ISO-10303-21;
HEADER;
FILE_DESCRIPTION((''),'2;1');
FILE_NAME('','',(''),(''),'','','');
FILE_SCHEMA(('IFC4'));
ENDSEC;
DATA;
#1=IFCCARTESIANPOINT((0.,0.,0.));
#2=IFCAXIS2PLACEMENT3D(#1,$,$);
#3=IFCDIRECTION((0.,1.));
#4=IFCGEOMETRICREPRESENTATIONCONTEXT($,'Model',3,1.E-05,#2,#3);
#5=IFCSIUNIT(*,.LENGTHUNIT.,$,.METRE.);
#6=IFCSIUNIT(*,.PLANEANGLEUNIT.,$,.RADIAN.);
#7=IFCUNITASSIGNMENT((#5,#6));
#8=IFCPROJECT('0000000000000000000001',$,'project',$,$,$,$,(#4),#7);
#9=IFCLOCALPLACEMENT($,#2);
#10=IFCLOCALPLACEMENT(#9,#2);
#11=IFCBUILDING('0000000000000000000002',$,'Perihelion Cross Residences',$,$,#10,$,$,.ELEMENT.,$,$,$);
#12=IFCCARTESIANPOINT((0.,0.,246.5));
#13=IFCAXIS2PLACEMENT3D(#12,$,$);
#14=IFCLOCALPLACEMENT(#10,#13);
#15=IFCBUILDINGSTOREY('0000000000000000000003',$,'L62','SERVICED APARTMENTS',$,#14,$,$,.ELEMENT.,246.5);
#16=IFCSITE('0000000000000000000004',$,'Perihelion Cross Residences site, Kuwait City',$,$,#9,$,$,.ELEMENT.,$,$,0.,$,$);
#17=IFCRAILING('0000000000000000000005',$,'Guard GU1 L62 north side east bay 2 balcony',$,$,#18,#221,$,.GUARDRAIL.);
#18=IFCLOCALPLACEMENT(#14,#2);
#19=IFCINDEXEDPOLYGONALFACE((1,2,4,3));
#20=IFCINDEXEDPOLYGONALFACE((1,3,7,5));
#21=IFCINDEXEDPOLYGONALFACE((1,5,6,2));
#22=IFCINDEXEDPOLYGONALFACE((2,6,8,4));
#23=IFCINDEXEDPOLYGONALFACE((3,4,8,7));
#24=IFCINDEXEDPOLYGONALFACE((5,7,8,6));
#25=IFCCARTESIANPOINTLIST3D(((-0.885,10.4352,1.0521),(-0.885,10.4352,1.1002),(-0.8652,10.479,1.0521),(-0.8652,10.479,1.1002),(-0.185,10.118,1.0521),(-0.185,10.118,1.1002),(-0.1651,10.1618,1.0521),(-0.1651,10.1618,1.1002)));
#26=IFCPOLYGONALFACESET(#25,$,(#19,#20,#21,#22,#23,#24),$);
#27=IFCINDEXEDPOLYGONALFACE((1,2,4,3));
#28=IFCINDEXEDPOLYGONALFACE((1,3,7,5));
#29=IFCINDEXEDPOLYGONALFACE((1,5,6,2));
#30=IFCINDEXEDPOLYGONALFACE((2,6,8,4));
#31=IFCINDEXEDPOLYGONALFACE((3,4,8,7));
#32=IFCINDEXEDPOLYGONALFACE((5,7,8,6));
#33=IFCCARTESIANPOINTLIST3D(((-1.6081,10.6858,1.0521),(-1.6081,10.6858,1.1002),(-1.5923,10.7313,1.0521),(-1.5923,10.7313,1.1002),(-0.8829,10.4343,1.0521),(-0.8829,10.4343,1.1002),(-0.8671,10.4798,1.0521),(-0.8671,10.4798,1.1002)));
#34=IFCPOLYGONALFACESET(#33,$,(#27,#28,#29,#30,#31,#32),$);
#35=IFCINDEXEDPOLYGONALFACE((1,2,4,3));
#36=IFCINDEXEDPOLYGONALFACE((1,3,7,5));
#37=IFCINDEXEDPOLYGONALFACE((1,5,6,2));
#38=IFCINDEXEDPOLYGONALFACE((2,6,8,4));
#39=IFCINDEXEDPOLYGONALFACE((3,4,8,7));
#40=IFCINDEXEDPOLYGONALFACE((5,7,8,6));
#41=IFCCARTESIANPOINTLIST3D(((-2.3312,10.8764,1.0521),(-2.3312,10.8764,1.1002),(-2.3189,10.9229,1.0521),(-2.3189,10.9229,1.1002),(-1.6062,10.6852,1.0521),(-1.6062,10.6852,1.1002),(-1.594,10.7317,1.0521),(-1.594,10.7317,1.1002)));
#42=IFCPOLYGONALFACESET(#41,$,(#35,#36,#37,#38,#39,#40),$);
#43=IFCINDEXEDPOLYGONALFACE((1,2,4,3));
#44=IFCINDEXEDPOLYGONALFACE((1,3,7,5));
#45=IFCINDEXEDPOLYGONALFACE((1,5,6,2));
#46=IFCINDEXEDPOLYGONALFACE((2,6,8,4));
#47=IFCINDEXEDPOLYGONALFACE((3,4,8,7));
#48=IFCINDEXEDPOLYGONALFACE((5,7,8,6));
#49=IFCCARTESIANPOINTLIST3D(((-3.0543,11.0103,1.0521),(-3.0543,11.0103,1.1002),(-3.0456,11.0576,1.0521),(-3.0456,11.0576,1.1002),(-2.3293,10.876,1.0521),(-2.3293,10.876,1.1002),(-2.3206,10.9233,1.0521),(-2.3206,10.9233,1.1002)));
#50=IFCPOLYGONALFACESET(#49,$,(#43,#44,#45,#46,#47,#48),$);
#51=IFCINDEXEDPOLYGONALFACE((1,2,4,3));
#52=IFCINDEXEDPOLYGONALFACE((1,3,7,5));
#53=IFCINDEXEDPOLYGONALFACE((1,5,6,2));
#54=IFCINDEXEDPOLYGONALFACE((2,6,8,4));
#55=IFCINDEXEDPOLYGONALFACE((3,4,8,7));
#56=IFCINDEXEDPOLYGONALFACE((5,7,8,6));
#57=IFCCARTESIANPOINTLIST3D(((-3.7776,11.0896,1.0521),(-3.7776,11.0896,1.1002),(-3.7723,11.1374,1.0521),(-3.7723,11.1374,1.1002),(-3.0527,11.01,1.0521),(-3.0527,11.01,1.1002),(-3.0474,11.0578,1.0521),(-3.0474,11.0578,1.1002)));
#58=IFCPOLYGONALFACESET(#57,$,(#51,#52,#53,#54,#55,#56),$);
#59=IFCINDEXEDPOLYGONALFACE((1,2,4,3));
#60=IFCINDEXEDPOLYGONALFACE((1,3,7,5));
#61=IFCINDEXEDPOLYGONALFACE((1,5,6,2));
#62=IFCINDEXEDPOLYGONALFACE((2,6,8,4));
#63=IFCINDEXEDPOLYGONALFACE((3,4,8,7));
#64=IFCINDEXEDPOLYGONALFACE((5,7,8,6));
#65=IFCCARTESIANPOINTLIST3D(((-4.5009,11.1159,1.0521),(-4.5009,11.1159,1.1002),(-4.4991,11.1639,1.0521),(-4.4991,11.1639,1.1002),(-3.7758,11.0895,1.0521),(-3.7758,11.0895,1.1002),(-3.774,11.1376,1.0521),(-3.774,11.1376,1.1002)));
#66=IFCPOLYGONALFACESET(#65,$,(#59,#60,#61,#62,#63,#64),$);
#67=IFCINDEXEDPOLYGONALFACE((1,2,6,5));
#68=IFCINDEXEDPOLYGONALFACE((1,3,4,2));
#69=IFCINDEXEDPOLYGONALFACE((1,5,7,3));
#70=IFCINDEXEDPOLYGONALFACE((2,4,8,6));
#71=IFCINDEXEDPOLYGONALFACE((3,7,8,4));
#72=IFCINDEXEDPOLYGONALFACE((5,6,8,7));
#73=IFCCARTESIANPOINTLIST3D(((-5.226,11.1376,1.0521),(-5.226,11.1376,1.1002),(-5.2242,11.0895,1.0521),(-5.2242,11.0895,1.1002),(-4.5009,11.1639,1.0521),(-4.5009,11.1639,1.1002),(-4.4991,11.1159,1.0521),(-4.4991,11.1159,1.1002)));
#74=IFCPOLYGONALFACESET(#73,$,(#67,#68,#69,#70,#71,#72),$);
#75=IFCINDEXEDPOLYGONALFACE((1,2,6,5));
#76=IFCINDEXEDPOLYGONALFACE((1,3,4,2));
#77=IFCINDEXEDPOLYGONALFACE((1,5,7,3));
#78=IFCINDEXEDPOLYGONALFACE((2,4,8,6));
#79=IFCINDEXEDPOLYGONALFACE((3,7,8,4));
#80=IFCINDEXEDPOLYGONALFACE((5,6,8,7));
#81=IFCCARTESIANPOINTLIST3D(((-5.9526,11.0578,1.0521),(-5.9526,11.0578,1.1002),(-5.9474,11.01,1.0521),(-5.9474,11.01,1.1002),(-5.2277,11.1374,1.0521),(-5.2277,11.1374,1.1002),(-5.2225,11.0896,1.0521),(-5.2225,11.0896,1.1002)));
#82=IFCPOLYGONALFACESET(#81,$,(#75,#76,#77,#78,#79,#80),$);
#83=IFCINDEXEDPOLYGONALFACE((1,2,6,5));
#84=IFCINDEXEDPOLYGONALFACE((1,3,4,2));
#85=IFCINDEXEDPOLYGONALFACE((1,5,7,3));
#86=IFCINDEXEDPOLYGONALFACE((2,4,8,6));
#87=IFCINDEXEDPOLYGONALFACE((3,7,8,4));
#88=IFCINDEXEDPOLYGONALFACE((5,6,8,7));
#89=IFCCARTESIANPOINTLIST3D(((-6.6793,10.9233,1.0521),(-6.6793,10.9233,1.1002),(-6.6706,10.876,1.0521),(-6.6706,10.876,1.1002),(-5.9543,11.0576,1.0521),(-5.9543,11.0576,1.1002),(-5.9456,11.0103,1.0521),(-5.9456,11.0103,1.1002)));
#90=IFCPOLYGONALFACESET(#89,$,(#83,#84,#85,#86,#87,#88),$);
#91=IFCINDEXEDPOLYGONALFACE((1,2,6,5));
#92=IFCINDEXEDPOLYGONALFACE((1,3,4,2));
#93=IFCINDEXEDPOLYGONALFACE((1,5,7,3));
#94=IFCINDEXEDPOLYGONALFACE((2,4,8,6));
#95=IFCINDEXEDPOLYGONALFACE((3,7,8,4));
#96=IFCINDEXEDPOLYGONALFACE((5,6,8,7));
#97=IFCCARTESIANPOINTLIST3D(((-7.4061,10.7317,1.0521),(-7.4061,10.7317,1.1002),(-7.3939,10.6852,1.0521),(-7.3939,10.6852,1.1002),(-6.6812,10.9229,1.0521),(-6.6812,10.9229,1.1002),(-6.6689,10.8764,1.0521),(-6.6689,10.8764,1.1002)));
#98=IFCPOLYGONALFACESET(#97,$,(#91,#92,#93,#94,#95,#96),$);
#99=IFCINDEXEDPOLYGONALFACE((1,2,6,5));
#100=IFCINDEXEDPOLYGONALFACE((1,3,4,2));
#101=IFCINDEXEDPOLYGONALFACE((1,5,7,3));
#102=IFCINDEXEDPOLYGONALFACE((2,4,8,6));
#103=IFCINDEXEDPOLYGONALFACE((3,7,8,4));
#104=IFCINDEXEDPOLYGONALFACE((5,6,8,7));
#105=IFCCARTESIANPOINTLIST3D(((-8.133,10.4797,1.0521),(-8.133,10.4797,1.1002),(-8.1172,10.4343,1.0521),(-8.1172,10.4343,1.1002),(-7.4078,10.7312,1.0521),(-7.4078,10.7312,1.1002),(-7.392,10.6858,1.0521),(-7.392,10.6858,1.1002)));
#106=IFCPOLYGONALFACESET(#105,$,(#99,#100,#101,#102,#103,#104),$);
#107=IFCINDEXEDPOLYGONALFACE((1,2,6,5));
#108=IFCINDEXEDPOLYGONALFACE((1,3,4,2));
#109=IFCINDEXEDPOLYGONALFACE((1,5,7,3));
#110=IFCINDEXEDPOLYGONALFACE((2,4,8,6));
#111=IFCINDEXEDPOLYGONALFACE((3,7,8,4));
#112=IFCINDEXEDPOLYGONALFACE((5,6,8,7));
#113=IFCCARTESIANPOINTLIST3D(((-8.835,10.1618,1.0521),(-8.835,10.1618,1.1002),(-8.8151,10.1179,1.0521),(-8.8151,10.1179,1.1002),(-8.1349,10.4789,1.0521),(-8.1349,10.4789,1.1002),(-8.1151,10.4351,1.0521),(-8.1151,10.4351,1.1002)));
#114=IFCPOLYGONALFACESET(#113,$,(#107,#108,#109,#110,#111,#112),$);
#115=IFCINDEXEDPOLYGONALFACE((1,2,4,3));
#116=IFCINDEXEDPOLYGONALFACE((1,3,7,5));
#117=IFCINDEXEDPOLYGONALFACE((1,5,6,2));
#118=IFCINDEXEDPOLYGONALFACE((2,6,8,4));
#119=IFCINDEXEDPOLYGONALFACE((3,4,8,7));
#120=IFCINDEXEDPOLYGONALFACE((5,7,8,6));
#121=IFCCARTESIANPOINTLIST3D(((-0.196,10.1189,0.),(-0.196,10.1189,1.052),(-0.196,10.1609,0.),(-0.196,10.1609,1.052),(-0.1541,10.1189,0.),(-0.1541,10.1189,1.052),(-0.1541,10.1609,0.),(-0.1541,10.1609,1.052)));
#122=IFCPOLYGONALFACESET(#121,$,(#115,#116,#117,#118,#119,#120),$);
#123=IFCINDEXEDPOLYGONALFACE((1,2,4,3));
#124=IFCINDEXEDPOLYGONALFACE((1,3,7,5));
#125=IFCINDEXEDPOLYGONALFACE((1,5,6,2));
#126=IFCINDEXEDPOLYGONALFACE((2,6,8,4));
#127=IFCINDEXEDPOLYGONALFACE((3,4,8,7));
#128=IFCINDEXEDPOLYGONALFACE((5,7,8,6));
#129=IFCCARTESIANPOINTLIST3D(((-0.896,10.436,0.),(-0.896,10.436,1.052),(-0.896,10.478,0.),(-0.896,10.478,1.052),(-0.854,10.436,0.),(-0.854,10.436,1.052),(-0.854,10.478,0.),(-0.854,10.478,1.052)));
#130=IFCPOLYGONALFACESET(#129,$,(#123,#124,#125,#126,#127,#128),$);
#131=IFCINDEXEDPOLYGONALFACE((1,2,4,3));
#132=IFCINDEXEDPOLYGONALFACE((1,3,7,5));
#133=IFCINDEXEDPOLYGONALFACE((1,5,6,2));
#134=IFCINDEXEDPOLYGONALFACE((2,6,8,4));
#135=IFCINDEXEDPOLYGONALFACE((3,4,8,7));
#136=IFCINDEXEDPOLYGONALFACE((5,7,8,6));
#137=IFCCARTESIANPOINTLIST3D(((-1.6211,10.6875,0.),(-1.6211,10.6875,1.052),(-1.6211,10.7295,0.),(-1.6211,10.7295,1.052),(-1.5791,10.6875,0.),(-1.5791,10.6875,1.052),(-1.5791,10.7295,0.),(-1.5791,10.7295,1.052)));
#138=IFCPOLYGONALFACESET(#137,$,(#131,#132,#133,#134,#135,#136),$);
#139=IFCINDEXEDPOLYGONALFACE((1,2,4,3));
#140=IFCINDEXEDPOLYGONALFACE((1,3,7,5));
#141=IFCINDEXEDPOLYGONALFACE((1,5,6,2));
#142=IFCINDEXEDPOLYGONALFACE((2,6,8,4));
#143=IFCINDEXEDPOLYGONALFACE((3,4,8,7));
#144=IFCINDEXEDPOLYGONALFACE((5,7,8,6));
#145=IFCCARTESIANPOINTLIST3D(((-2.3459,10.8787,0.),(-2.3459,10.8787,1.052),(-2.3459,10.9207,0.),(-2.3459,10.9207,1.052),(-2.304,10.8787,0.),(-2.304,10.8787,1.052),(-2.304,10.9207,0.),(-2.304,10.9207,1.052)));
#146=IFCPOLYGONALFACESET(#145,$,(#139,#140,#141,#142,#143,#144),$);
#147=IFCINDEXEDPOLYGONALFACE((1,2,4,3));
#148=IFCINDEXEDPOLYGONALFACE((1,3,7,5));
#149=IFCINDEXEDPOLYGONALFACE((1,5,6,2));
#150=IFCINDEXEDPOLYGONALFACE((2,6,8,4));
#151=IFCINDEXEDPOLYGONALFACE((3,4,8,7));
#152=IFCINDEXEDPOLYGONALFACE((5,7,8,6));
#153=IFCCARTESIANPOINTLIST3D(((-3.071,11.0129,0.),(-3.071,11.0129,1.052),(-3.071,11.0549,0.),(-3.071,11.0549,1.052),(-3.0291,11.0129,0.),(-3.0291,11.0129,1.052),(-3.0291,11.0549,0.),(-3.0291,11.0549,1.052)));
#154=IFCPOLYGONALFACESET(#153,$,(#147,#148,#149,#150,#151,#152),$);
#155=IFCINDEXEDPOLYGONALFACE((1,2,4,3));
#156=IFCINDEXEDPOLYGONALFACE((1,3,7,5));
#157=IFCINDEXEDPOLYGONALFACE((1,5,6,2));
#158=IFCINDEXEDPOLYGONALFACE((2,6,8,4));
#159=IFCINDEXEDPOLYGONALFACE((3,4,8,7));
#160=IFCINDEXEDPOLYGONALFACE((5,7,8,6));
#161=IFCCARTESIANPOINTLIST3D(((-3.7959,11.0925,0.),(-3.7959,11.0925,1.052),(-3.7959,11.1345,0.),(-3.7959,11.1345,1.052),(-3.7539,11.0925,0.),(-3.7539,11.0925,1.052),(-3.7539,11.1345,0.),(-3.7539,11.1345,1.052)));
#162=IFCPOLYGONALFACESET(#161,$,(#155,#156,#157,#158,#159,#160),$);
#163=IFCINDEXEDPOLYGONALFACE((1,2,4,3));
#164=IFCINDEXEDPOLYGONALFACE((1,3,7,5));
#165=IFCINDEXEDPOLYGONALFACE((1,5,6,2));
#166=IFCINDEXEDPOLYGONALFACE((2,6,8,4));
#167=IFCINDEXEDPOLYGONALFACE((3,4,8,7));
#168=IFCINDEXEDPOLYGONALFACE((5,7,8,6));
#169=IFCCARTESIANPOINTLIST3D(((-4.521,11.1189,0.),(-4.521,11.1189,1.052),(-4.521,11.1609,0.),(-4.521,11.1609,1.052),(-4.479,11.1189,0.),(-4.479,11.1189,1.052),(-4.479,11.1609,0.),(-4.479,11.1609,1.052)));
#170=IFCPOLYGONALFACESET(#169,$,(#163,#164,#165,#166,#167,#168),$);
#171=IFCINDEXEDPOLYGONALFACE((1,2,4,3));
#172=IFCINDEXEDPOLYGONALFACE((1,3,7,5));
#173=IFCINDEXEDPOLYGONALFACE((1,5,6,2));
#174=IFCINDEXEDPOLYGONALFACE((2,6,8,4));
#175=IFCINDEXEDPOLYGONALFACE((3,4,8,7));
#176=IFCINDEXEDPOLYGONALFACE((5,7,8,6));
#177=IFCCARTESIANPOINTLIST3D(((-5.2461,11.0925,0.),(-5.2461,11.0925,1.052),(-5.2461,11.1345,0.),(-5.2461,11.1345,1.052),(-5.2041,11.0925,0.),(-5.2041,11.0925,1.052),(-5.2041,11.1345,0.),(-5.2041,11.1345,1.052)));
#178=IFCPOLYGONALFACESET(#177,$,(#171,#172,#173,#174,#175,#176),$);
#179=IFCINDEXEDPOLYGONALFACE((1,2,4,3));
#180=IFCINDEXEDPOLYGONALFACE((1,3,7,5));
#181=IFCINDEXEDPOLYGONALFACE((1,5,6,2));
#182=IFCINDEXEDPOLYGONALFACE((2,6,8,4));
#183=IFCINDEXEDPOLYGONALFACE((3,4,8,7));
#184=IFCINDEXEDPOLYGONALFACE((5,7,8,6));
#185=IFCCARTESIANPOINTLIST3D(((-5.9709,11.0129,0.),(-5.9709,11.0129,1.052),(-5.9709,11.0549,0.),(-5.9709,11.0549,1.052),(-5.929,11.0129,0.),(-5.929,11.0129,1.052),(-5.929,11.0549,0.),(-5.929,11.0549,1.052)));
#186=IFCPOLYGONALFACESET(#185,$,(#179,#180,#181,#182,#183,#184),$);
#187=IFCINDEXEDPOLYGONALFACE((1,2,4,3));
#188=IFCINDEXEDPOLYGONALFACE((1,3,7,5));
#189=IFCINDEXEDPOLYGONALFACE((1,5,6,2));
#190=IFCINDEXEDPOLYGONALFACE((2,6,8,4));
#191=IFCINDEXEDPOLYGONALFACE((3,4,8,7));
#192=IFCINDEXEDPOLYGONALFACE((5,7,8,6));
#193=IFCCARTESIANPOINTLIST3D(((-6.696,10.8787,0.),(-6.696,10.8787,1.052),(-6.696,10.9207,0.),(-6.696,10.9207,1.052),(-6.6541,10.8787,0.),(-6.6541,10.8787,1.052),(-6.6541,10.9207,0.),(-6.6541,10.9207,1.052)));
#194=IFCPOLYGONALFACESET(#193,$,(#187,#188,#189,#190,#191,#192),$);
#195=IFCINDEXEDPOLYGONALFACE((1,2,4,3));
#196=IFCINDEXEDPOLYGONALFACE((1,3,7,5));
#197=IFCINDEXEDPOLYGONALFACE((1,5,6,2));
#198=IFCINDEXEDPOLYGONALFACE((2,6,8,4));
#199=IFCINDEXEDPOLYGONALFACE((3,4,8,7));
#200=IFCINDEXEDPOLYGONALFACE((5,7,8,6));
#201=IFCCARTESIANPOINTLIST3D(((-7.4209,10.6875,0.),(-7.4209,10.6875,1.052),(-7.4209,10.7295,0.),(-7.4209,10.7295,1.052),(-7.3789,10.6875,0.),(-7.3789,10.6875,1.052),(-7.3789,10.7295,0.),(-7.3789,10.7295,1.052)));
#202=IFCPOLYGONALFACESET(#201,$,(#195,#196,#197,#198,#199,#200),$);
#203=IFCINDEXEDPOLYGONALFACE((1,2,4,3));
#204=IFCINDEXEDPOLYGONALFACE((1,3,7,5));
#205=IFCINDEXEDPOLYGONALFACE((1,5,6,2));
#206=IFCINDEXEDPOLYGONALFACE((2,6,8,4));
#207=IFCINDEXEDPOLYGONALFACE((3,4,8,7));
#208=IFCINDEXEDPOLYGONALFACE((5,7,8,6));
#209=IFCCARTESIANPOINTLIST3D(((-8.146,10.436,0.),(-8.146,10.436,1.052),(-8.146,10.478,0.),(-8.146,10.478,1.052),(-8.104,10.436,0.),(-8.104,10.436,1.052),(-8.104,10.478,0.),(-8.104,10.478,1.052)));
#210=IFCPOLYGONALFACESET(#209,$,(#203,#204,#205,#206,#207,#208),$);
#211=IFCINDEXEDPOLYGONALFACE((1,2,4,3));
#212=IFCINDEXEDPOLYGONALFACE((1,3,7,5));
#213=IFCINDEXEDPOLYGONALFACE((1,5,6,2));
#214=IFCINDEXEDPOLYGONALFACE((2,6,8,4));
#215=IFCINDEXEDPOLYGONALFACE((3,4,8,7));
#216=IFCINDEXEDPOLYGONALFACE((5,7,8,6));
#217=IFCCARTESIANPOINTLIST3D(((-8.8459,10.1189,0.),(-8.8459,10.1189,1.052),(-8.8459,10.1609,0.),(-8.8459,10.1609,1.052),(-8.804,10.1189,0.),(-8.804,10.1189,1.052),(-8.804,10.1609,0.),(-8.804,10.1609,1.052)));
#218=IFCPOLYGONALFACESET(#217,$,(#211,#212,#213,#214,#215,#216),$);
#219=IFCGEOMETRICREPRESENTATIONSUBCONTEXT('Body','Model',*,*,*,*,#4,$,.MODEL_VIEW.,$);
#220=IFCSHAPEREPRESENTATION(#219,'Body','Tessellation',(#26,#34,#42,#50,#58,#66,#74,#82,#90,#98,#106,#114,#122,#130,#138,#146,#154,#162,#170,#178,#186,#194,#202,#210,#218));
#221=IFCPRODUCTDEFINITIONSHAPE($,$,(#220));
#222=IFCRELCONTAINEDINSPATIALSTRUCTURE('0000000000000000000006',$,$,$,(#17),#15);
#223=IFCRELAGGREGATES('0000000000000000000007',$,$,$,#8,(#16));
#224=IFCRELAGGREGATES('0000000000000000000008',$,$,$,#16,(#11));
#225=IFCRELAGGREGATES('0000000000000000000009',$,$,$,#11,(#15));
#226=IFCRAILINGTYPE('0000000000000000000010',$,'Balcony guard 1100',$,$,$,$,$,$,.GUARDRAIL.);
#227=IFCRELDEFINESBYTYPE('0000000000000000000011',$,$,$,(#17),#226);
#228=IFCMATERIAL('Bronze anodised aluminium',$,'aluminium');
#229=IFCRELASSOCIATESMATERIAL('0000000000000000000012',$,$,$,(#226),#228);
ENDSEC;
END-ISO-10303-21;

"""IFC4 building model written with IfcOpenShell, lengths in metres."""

from ifc_helpers import new_model, si_unit, direction, frame, origin, origin_2d, place, context, subcontext, project, spatial, rectangle, extrude, material, type_object, element, save


model = new_model("IFC4")

# Units and contexts
model_context = context("Model", 3, precision=1e-05, world=origin(), true_north=direction((0.0, 1.0)))
body_context = subcontext(model_context, "Body", "Model", "MODEL_VIEW")
ifc_project = project(units=[si_unit("LENGTHUNIT", "METRE"), si_unit("PLANEANGLEUNIT", "RADIAN")], contexts=[model_context])

# Site, building, storey
site_placement = place(None, origin())
site = spatial("IfcSite", under=ifc_project, at=site_placement, Name="Perihelion Cross Residences site, Kuwait City", CompositionType="ELEMENT", RefElevation=0.0)
building_placement = place(site_placement, origin())
building = spatial("IfcBuilding", under=site, at=building_placement, Name="Perihelion Cross Residences", CompositionType="ELEMENT")
storey_placement = place(building_placement, frame((0.0, 0.0, 246.5)))
storey = spatial("IfcBuildingStorey", under=building, at=storey_placement, Name="L62", Description="SERVICED APARTMENTS", CompositionType="ELEMENT", Elevation=246.5)

# Railing
ifc_material_1 = material(Name="Bronze anodised aluminium", Category="aluminium")
railing_type = type_object("IfcRailingType", Name="Balcony guard 1100", PredefinedType="GUARDRAIL", material=ifc_material_1)
railing_1_placement = place(storey_placement, frame((-0.175, 10.1399, 0.0)))
element("IfcRailing", 1, at=railing_1_placement, inside=storey, type_object=railing_type, Name="Guard GU1 L62 north side east bay 2 balcony", PredefinedType="GUARDRAIL", context=body_context, shape_type="SweptSolid", body=[
    extrude(rectangle(XDim=0.0481, YDim=0.0481, at=origin_2d()), frame((0.0, 0.0, 1.0762), z_axis=(-0.910866, 0.412702, 0.0), x_axis=(-0.412702, -0.910866, 0.0)), (0.0, 0.0, 1.0), 0.7686),
    extrude(rectangle(XDim=0.0481, YDim=0.0481, at=origin_2d()), frame((-0.7, 0.3171, 1.0762), z_axis=(-0.944797, 0.327657, 0.0), x_axis=(-0.327657, -0.944797, 0.0)), (0.0, 0.0, 1.0), 0.7676),
    extrude(rectangle(XDim=0.0481, YDim=0.0481, at=origin_2d()), frame((-1.425, 0.5686, 1.0762), z_axis=(-0.966939, 0.255006, 0.0), x_axis=(-0.255006, -0.966939, 0.0)), (0.0, 0.0, 1.0), 0.7498),
    extrude(rectangle(XDim=0.0481, YDim=0.0481, at=origin_2d()), frame((-2.1499, 0.7598, 1.0762), z_axis=(-0.983282, 0.182089, 0.0), x_axis=(-0.182089, -0.983282, 0.0)), (0.0, 0.0, 1.0), 0.7373),
    extrude(rectangle(XDim=0.0481, YDim=0.0481, at=origin_2d()), frame((-2.875, 0.894, 1.0762), z_axis=(-0.994026, 0.109145, 0.0), x_axis=(-0.109145, -0.994026, 0.0)), (0.0, 0.0, 1.0), 0.7292),
    extrude(rectangle(XDim=0.0481, YDim=0.0481, at=origin_2d()), frame((-3.5999, 0.9736, 1.0762), z_axis=(-0.999339, 0.03634, 0.0), x_axis=(-0.03634, -0.999339, 0.0)), (0.0, 0.0, 1.0), 0.7256),
    extrude(rectangle(XDim=0.0481, YDim=0.0481, at=origin_2d()), frame((-4.325, 1.0, 1.0762), z_axis=(-0.999339, -0.03634, 0.0), x_axis=(0.03634, -0.999339, 0.0)), (0.0, 0.0, 1.0), 0.7256),
    extrude(rectangle(XDim=0.0481, YDim=0.0481, at=origin_2d()), frame((-5.05, 0.9736, 1.0762), z_axis=(-0.994026, -0.109145, 0.0), x_axis=(0.109145, -0.994026, 0.0)), (0.0, 0.0, 1.0), 0.7292),
    extrude(rectangle(XDim=0.0481, YDim=0.0481, at=origin_2d()), frame((-5.7749, 0.894, 1.0762), z_axis=(-0.983282, -0.182089, 0.0), x_axis=(0.182089, -0.983282, 0.0)), (0.0, 0.0, 1.0), 0.7373),
    extrude(rectangle(XDim=0.0481, YDim=0.0481, at=origin_2d()), frame((-6.5, 0.7598, 1.0762), z_axis=(-0.966939, -0.255006, 0.0), x_axis=(0.255006, -0.966939, 0.0)), (0.0, 0.0, 1.0), 0.7498),
    extrude(rectangle(XDim=0.0481, YDim=0.0481, at=origin_2d()), frame((-7.2249, 0.5686, 1.0762), z_axis=(-0.944797, -0.327657, 0.0), x_axis=(0.327657, -0.944797, 0.0)), (0.0, 0.0, 1.0), 0.7676),
    extrude(rectangle(XDim=0.0481, YDim=0.0481, at=origin_2d()), frame((-7.95, 0.3171, 1.0762), z_axis=(-0.910866, -0.412702, 0.0), x_axis=(0.412702, -0.910866, 0.0)), (0.0, 0.0, 1.0), 0.7686),
    extrude(rectangle(XDim=0.042, YDim=0.042, at=origin_2d()), origin(), (0.0, 0.0, 1.0), 1.052),
    extrude(rectangle(XDim=0.042, YDim=0.042, at=origin_2d()), frame((-0.7, 0.3171, 0.0)), (0.0, 0.0, 1.0), 1.052),
    extrude(rectangle(XDim=0.042, YDim=0.042, at=origin_2d()), frame((-1.425, 0.5686, 0.0)), (0.0, 0.0, 1.0), 1.052),
    extrude(rectangle(XDim=0.042, YDim=0.042, at=origin_2d()), frame((-2.1499, 0.7598, 0.0)), (0.0, 0.0, 1.0), 1.052),
    extrude(rectangle(XDim=0.042, YDim=0.042, at=origin_2d()), frame((-2.875, 0.894, 0.0)), (0.0, 0.0, 1.0), 1.052),
    extrude(rectangle(XDim=0.042, YDim=0.042, at=origin_2d()), frame((-3.5999, 0.9736, 0.0)), (0.0, 0.0, 1.0), 1.052),
    extrude(rectangle(XDim=0.042, YDim=0.042, at=origin_2d()), frame((-4.325, 1.0, 0.0)), (0.0, 0.0, 1.0), 1.052),
    extrude(rectangle(XDim=0.042, YDim=0.042, at=origin_2d()), frame((-5.05, 0.9736, 0.0)), (0.0, 0.0, 1.0), 1.052),
    extrude(rectangle(XDim=0.042, YDim=0.042, at=origin_2d()), frame((-5.7749, 0.894, 0.0)), (0.0, 0.0, 1.0), 1.052),
    extrude(rectangle(XDim=0.042, YDim=0.042, at=origin_2d()), frame((-6.5, 0.7598, 0.0)), (0.0, 0.0, 1.0), 1.052),
    extrude(rectangle(XDim=0.042, YDim=0.042, at=origin_2d()), frame((-7.2249, 0.5686, 0.0)), (0.0, 0.0, 1.0), 1.052),
    extrude(rectangle(XDim=0.042, YDim=0.042, at=origin_2d()), frame((-7.95, 0.3171, 0.0)), (0.0, 0.0, 1.0), 1.052),
    extrude(rectangle(XDim=0.042, YDim=0.042, at=origin_2d()), frame((-8.6499, 0.0, 0.0)), (0.0, 0.0, 1.0), 1.052),
])

save(model, "model.ifc")
